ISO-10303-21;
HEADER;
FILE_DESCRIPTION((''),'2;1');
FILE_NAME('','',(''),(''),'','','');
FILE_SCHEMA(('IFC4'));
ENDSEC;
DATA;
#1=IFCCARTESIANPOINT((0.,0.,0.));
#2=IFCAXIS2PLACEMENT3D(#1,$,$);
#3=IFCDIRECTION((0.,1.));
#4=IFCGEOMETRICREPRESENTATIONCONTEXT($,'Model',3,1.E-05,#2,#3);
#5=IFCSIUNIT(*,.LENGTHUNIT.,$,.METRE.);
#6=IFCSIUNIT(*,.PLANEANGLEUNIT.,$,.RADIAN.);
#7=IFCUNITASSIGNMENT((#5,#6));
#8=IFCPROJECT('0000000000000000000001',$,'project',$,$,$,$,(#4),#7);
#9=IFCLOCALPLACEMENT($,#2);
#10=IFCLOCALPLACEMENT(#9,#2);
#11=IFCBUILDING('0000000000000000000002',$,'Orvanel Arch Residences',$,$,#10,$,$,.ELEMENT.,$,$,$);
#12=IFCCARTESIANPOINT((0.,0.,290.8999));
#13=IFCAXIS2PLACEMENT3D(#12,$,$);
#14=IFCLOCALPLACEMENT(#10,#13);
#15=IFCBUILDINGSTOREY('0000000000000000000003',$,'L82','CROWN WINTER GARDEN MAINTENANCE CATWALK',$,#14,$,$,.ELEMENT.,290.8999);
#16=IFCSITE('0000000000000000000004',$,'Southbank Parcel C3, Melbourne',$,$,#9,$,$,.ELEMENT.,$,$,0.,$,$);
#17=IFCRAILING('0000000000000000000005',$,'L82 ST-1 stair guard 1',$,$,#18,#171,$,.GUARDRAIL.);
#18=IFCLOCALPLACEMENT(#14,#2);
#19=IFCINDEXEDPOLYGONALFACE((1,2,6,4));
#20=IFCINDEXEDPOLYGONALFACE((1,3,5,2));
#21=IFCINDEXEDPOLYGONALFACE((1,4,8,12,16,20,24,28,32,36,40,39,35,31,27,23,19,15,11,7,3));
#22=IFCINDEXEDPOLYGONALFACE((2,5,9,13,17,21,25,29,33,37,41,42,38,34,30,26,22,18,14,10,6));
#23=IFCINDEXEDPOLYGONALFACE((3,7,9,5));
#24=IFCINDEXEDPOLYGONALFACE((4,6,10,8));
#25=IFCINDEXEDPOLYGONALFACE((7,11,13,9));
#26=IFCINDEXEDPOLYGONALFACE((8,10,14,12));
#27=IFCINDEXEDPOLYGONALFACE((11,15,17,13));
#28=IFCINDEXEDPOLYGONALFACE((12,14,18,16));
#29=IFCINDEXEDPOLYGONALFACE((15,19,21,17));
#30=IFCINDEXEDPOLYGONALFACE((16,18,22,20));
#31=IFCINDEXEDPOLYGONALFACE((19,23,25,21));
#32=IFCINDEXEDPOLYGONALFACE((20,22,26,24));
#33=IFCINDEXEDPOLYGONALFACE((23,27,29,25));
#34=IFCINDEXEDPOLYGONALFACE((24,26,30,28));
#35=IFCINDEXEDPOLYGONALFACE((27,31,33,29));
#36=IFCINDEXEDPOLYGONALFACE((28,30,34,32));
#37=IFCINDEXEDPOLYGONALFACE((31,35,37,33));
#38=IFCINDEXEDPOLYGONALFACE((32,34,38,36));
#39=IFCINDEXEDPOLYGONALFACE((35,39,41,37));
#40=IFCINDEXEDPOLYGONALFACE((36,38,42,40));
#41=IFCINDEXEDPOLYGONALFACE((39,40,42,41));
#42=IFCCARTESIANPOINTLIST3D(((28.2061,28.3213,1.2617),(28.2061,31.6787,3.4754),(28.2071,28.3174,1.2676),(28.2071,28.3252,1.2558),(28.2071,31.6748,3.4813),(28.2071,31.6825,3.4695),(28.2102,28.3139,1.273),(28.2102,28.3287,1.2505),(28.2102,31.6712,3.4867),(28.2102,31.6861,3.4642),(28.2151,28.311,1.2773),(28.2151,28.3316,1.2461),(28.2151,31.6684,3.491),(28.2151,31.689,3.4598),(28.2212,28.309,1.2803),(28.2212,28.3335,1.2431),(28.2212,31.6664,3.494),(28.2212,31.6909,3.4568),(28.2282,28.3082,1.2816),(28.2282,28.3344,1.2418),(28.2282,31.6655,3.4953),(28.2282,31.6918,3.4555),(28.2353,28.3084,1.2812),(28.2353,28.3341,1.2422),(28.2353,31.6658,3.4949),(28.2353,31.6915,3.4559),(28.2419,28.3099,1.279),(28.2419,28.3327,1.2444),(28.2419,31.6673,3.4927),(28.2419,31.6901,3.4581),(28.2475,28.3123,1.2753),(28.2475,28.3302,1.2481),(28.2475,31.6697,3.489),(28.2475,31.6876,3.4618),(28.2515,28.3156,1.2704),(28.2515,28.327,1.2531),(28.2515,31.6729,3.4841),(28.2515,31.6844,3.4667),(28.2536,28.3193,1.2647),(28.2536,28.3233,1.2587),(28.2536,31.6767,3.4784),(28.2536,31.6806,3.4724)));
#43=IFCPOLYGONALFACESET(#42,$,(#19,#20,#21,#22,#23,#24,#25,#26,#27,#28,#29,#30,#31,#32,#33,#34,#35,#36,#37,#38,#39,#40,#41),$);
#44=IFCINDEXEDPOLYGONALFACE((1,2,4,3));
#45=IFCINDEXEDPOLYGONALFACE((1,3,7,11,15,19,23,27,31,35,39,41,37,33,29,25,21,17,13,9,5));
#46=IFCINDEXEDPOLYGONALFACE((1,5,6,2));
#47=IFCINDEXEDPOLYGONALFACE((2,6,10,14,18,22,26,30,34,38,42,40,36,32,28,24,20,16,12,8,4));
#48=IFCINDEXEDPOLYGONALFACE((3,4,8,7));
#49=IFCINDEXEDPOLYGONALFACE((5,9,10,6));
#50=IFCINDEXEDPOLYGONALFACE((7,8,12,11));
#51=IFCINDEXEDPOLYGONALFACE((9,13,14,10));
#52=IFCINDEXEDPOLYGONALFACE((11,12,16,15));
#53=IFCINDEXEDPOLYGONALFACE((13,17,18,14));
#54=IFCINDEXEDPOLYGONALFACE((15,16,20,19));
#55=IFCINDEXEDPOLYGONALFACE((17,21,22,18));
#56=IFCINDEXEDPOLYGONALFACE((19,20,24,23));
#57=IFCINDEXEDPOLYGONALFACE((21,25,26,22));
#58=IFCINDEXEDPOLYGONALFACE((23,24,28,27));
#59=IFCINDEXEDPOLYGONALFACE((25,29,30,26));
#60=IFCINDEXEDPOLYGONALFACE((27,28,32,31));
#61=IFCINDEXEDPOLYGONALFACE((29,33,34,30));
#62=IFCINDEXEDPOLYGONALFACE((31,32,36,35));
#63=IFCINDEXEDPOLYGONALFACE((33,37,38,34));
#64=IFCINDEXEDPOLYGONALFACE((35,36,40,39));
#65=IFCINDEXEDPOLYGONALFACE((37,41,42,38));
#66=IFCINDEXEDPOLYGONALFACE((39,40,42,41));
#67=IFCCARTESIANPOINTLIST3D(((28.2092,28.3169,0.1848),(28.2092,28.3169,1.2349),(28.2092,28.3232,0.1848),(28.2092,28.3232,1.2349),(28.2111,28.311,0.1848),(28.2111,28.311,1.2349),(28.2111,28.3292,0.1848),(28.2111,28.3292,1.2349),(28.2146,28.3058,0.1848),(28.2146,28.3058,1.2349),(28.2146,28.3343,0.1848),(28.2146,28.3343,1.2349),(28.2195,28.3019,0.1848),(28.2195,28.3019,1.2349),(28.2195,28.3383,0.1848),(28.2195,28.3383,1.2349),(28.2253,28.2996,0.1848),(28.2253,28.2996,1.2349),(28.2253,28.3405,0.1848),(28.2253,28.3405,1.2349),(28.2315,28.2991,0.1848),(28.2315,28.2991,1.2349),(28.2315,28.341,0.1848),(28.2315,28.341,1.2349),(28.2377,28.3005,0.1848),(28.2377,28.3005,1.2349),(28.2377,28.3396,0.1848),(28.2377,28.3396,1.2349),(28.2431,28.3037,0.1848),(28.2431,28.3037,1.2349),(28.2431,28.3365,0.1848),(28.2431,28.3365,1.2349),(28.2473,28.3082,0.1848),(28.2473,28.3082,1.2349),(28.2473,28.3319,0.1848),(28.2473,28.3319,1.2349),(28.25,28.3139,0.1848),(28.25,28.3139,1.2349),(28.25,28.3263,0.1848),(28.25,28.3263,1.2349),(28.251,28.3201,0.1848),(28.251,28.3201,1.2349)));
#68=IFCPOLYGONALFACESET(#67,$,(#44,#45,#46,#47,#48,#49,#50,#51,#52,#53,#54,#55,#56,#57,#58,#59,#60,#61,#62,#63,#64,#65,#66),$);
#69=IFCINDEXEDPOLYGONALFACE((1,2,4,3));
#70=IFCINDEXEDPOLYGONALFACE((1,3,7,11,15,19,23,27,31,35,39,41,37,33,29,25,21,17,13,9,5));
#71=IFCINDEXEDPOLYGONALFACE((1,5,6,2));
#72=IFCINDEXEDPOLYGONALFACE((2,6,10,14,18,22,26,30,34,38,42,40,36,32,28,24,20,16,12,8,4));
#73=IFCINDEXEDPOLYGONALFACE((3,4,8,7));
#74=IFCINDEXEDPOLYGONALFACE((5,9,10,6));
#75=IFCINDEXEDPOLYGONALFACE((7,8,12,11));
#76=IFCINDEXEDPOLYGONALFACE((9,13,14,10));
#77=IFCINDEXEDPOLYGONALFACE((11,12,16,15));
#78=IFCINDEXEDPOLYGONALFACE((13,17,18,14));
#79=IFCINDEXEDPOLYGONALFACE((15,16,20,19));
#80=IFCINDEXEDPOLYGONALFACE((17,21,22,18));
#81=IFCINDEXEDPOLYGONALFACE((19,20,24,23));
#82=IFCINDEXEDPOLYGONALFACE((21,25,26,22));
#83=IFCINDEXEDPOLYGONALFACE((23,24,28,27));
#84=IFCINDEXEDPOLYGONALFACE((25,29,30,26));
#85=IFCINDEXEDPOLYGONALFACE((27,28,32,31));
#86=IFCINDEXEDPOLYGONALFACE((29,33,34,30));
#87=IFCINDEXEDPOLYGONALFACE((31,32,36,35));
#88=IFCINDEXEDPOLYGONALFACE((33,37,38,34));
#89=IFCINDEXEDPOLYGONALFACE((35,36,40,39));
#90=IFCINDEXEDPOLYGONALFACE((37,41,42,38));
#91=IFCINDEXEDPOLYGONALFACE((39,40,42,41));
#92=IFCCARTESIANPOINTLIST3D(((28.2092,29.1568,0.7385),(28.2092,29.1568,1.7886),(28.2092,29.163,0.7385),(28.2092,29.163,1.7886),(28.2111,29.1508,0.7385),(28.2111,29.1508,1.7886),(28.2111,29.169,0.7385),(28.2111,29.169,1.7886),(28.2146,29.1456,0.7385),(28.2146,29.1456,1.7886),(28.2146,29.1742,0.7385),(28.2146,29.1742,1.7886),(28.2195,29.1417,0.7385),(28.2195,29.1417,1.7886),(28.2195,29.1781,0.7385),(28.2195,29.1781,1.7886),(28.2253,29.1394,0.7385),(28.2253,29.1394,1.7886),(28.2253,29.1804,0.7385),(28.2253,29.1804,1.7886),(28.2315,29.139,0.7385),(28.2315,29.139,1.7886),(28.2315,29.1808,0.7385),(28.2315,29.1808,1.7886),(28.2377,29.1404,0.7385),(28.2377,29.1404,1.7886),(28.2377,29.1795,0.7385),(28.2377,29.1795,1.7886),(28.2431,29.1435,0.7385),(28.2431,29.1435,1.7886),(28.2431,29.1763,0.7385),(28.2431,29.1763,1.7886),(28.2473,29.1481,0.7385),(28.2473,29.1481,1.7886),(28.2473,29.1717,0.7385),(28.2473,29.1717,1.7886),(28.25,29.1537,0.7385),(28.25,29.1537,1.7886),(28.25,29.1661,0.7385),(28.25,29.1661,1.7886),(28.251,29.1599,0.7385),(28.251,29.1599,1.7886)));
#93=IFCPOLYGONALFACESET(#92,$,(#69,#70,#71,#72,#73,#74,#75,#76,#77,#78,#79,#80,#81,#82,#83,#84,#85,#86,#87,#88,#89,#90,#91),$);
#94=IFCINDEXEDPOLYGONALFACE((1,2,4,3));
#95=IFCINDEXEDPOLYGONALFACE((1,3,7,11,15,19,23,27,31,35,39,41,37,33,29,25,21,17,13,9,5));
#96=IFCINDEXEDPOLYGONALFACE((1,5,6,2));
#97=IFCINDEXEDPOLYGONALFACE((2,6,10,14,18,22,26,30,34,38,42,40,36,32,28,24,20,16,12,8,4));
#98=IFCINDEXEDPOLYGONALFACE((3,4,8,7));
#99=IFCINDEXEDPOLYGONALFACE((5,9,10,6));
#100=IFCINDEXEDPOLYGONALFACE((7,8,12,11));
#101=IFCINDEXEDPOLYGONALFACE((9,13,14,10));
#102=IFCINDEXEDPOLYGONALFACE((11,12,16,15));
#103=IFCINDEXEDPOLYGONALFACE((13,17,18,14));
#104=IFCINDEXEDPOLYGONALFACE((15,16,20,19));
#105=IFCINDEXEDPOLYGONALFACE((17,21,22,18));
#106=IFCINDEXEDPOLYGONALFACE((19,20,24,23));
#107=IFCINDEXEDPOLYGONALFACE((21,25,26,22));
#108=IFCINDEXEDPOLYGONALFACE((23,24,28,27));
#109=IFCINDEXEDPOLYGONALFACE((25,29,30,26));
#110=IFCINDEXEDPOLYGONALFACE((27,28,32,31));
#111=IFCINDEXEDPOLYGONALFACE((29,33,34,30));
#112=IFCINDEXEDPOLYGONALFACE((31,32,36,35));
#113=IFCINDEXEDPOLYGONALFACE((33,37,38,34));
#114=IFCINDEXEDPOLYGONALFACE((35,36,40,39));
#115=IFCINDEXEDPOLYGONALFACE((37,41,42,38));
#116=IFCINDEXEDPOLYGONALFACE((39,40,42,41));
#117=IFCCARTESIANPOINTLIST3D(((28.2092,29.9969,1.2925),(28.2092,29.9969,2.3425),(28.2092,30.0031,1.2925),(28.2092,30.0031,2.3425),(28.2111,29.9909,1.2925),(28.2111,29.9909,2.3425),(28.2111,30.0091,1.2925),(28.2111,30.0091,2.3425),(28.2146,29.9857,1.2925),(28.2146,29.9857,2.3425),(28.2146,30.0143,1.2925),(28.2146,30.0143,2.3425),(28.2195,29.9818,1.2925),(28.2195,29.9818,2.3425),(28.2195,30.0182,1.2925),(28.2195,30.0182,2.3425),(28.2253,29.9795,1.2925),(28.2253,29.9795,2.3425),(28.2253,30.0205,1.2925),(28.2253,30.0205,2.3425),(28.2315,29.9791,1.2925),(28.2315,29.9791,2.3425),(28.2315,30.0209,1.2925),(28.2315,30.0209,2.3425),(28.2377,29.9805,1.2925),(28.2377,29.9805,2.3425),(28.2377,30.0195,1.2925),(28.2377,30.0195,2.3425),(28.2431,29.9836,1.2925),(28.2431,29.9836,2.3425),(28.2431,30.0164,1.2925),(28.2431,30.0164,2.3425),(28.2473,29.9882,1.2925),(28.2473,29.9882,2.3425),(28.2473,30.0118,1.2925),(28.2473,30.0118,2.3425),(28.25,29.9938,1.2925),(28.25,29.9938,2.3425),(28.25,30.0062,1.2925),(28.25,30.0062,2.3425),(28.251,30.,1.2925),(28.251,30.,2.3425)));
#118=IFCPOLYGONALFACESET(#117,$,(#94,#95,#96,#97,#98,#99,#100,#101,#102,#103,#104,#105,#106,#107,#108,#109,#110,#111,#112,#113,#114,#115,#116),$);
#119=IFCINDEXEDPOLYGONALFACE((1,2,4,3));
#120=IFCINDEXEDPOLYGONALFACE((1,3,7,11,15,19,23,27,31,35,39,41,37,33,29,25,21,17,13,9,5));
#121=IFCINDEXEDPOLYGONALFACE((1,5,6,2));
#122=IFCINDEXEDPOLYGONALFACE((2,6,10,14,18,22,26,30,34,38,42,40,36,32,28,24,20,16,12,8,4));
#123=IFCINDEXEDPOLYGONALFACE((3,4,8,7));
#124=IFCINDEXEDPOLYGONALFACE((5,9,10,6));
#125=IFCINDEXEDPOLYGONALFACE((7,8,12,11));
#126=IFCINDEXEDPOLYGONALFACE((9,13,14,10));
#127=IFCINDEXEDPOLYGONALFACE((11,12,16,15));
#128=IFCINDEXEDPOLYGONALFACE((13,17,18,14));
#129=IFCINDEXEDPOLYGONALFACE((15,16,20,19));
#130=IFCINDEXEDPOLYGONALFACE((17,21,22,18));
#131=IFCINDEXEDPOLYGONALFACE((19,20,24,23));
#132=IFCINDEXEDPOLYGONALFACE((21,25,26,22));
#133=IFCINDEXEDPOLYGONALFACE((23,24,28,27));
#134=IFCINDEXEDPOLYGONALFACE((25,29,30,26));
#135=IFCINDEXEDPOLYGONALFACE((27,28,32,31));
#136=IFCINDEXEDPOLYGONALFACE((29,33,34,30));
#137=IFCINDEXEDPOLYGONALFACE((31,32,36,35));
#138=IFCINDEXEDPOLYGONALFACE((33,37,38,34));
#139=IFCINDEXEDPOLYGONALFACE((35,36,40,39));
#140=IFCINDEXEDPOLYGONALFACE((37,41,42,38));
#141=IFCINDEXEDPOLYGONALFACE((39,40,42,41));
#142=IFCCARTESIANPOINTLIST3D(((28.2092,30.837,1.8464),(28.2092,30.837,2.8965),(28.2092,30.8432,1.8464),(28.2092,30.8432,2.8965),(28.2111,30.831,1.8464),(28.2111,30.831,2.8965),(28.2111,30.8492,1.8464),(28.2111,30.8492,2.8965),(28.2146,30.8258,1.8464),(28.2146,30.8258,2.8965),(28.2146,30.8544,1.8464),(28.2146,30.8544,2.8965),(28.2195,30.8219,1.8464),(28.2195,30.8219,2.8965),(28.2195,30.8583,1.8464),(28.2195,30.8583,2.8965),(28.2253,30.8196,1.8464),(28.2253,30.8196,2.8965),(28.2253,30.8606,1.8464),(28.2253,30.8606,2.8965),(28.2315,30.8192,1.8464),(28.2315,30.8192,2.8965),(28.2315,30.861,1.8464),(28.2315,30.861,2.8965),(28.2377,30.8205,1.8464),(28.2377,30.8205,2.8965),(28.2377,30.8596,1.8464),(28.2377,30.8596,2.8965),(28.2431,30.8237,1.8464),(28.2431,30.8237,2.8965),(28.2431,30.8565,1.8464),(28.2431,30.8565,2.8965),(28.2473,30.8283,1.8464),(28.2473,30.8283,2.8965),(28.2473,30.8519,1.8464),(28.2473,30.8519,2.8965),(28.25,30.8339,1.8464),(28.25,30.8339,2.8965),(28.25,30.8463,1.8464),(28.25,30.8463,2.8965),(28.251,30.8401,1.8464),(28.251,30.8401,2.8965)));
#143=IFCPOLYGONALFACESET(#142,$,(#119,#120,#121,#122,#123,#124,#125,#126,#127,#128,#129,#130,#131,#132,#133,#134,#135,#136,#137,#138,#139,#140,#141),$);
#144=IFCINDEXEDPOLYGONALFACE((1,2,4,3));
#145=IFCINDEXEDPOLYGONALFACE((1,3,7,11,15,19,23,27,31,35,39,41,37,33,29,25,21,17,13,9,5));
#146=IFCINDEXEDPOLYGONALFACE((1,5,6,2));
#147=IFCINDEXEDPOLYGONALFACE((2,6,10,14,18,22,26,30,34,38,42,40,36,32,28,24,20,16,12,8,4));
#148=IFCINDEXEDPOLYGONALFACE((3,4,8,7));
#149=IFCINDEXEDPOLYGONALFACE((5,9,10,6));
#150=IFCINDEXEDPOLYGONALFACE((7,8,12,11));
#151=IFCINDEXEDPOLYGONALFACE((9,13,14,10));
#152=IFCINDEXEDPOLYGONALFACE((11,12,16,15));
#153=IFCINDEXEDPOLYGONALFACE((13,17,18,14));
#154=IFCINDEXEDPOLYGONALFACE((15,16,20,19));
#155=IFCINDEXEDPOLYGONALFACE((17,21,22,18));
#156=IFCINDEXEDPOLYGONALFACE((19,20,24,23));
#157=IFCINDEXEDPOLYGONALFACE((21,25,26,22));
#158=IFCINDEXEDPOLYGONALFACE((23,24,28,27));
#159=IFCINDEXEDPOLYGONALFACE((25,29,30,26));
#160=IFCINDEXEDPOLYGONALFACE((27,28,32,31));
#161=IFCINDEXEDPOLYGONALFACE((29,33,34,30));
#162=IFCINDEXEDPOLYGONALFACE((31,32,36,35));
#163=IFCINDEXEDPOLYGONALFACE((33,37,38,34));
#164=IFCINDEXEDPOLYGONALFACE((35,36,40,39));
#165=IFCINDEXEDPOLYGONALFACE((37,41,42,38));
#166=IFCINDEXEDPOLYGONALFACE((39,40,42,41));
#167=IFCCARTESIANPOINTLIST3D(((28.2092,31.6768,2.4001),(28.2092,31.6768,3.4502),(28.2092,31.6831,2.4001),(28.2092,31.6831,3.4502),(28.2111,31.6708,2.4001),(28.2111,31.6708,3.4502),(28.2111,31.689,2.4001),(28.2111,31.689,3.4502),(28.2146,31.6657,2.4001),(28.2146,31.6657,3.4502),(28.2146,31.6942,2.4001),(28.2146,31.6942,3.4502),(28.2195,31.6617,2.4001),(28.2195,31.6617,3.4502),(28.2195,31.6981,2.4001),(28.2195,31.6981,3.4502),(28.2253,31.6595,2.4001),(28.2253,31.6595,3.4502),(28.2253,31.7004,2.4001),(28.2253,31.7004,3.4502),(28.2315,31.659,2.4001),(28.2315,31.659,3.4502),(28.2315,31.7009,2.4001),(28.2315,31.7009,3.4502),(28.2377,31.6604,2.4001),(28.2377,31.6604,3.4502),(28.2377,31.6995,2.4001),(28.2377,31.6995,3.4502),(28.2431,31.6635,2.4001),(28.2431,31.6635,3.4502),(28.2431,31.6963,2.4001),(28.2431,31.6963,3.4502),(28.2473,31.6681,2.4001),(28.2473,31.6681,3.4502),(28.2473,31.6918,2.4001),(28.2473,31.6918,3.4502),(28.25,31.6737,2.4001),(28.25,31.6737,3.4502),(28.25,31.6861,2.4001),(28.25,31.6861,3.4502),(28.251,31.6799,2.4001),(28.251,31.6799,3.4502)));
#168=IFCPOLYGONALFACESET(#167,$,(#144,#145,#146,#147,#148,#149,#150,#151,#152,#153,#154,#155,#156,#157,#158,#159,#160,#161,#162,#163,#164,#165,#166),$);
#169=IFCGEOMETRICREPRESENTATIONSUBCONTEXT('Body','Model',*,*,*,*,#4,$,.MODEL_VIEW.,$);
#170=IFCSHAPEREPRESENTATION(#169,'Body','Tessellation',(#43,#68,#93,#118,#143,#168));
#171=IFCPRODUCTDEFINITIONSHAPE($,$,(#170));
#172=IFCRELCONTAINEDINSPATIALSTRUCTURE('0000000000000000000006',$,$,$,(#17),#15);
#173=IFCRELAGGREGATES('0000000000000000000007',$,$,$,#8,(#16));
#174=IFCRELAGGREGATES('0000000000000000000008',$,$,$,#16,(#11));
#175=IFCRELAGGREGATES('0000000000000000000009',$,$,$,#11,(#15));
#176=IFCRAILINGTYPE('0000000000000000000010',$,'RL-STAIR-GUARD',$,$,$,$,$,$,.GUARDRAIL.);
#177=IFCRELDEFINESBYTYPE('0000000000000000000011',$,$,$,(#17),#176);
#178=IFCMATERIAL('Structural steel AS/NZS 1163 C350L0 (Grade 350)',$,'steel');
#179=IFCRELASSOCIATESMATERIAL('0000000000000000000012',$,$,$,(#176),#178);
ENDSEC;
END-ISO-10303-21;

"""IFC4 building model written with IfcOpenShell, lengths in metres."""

from ifc_helpers import new_model, si_unit, direction, frame, origin, origin_2d, place, context, subcontext, project, spatial, circle, extrude, material, type_object, element, save


model = new_model("IFC4")

# Units and contexts
model_context = context("Model", 3, precision=1e-05, world=origin(), true_north=direction((0.0, 1.0)))
body_context = subcontext(model_context, "Body", "Model", "MODEL_VIEW")
ifc_project = project(units=[si_unit("LENGTHUNIT", "METRE"), si_unit("PLANEANGLEUNIT", "RADIAN")], contexts=[model_context])

# Site, building, storey
site_placement = place(None, origin())
site = spatial("IfcSite", under=ifc_project, at=site_placement, Name="Southbank Parcel C3, Melbourne", CompositionType="ELEMENT", RefElevation=0.0)
building_placement = place(site_placement, origin())
building = spatial("IfcBuilding", under=site, at=building_placement, Name="Orvanel Arch Residences", CompositionType="ELEMENT")
storey_placement = place(building_placement, frame((0.0, 0.0, 290.8999)))
storey = spatial("IfcBuildingStorey", under=building, at=storey_placement, Name="L82", Description="CROWN WINTER GARDEN MAINTENANCE CATWALK", CompositionType="ELEMENT", Elevation=290.8999)

# Shared definitions
ifc_material_1 = material(Name="Structural steel AS/NZS 1163 C350L0 (Grade 350)", Category="steel")

# Railing
railing_type_1 = type_object("IfcRailingType", Name="RL-STAIR-GUARD", PredefinedType="GUARDRAIL", material=ifc_material_1)
railing_1_placement = place(storey_placement, frame((28.23, 28.3201, 0.1848)))
element("IfcRailing", 1, at=railing_1_placement, inside=storey, type_object=railing_type_1, Name="L82 ST-1 stair guard 1", PredefinedType="GUARDRAIL", context=body_context, shape_type="SweptSolid", body=[
    extrude(circle(Radius=0.0239, at=origin_2d()), frame((0.0, 0.0012, 1.0769), z_axis=(0.0, 0.834858, 0.550465), x_axis=(-1.0, 0.0, 0.0)), (0.0, 0.0, 1.0), 4.0215),
    extrude(circle(Radius=0.021, at=origin_2d()), origin(), (0.0, 0.0, 1.0), 1.05),
    extrude(circle(Radius=0.021, at=origin_2d()), frame((0.0, 0.8398, 0.5537)), (0.0, 0.0, 1.0), 1.05),
    extrude(circle(Radius=0.021, at=origin_2d()), frame((0.0, 1.6799, 1.1077)), (0.0, 0.0, 1.0), 1.05),
    extrude(circle(Radius=0.021, at=origin_2d()), frame((0.0, 2.52, 1.6616)), (0.0, 0.0, 1.0), 1.05),
    extrude(circle(Radius=0.021, at=origin_2d()), frame((0.0, 3.3599, 2.2153)), (0.0, 0.0, 1.0), 1.05),
])

save(model, "model.ifc")
